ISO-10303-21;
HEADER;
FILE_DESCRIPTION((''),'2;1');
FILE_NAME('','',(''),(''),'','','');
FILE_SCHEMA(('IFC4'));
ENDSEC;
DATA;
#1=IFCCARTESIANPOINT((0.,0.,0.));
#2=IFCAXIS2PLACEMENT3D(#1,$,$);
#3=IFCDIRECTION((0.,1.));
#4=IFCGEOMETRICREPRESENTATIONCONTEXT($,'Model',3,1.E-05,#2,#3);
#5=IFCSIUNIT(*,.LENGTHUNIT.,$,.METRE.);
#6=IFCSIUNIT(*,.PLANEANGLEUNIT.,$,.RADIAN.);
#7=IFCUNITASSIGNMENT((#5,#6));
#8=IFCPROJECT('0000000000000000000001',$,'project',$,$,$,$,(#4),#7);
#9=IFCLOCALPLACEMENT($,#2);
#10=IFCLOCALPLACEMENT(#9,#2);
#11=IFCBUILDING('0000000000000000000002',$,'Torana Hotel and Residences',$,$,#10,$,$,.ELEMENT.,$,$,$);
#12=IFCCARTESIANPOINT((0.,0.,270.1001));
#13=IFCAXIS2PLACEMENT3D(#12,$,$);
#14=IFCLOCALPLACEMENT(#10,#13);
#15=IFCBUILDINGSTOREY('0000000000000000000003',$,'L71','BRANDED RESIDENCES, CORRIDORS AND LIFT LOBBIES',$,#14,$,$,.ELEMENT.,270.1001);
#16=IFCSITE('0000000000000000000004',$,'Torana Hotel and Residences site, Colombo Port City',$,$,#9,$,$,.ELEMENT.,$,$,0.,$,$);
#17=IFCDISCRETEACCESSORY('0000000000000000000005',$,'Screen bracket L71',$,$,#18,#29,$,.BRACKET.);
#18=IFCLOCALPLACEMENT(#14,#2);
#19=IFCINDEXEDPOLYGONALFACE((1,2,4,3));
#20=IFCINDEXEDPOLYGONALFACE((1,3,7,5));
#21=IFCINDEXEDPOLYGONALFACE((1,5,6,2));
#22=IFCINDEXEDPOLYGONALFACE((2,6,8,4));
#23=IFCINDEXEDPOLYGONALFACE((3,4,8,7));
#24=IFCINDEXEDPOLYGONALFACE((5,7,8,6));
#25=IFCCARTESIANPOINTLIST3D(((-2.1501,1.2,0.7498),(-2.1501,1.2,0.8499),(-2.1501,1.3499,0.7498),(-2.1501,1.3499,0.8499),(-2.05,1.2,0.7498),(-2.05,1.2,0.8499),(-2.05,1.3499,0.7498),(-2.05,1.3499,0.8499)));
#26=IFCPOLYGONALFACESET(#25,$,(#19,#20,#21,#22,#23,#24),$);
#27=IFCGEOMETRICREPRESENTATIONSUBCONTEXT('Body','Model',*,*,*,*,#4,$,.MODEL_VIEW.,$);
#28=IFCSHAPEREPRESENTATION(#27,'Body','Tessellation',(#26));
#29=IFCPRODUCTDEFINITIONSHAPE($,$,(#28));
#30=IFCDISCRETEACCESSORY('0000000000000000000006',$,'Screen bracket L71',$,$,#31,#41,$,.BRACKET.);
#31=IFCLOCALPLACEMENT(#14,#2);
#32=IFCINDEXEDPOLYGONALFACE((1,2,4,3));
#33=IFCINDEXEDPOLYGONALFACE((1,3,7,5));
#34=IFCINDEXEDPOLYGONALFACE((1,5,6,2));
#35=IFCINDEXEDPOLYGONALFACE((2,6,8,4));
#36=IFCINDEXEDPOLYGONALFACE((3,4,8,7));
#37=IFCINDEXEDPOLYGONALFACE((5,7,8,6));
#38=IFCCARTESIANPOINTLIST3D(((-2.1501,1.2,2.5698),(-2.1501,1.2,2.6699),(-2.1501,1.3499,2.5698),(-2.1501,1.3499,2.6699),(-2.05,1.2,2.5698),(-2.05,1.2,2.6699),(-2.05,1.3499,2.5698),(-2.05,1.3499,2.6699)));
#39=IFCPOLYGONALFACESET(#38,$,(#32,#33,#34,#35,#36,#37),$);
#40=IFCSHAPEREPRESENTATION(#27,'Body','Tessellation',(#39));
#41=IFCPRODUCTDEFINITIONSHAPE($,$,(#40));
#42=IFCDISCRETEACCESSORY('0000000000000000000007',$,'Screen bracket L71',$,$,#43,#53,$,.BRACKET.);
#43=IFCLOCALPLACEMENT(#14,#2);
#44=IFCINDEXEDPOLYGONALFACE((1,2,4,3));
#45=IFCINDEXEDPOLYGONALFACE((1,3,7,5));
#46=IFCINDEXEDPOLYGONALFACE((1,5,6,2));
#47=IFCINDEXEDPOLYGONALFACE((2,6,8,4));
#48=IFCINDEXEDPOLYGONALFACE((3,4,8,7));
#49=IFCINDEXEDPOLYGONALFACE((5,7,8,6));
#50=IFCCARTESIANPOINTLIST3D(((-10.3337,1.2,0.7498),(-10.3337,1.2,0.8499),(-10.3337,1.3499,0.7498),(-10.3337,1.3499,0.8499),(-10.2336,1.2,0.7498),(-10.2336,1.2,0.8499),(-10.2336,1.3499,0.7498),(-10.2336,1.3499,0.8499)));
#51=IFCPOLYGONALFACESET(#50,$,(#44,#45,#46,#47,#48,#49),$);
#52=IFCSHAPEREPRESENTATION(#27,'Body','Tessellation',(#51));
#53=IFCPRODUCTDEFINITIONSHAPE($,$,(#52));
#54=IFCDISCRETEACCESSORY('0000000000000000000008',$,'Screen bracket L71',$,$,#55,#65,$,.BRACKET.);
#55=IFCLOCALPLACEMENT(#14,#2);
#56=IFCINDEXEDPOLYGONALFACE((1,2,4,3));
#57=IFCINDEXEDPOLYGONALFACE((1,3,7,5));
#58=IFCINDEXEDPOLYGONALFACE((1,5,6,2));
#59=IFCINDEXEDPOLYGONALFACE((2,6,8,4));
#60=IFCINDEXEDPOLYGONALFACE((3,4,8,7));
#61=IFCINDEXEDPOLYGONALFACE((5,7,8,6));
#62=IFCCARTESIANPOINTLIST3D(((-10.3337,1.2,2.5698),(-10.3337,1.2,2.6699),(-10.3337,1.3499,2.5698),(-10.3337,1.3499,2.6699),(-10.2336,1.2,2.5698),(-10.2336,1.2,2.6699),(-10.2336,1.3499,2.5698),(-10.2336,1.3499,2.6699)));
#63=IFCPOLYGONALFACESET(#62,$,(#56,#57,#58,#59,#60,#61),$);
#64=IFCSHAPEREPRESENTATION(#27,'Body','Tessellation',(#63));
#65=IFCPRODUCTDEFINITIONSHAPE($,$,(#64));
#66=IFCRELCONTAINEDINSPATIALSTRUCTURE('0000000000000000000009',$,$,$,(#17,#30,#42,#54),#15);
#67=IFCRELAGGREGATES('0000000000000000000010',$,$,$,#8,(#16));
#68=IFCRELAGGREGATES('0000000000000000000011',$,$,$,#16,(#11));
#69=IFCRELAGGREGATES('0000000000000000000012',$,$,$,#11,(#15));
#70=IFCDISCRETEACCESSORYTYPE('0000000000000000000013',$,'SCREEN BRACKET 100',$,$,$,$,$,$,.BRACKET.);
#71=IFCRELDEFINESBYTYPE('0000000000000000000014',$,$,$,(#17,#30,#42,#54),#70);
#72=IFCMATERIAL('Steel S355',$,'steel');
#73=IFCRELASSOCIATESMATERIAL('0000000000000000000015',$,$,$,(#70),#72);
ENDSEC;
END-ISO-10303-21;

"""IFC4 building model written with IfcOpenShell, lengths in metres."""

from ifc_helpers import new_model, si_unit, direction, frame, origin, origin_2d, place, context, subcontext, project, spatial, rectangle, extrude, material, type_object, element, save


model = new_model("IFC4")

# Units and contexts
model_context = context("Model", 3, precision=1e-05, world=origin(), true_north=direction((0.0, 1.0)))
body_context = subcontext(model_context, "Body", "Model", "MODEL_VIEW")
ifc_project = project(units=[si_unit("LENGTHUNIT", "METRE"), si_unit("PLANEANGLEUNIT", "RADIAN")], contexts=[model_context])

# Site, building, storey
site_placement = place(None, origin())
site = spatial("IfcSite", under=ifc_project, at=site_placement, Name="Torana Hotel and Residences site, Colombo Port City", CompositionType="ELEMENT", RefElevation=0.0)
building_placement = place(site_placement, origin())
building = spatial("IfcBuilding", under=site, at=building_placement, Name="Torana Hotel and Residences", CompositionType="ELEMENT")
storey_placement = place(building_placement, frame((0.0, 0.0, 270.1001)))
storey = spatial("IfcBuildingStorey", under=building, at=storey_placement, Name="L71", Description="BRANDED RESIDENCES, CORRIDORS AND LIFT LOBBIES", CompositionType="ELEMENT", Elevation=270.1001)

# Discrete accessories
ifc_material_1 = material(Name="Steel S355", Category="steel")
discrete_accessory_type = type_object("IfcDiscreteAccessoryType", Name="SCREEN BRACKET 100", PredefinedType="BRACKET", material=ifc_material_1)
for number, where, z_axis, x_axis, name in (
    (1, (-2.1001, 1.2749, 0.7498), (0.0, 0.0, 1.0), (-1.0, 0.0, 0.0), "Screen bracket L71"),
    (2, (-2.1001, 1.2749, 2.5698), (0.0, 0.0, 1.0), (-1.0, 0.0, 0.0), "Screen bracket L71"),
    (3, (-10.2837, 1.2749, 0.7498), (0.0, 0.0, 1.0), (-1.0, 0.0, 0.0), "Screen bracket L71"),
    (4, (-10.2837, 1.2749, 2.5698), (0.0, 0.0, 1.0), (-1.0, 0.0, 0.0), "Screen bracket L71"),
):
    element("IfcDiscreteAccessory", number, at=place(storey_placement, frame(where, z_axis=z_axis, x_axis=x_axis)), inside=storey, type_object=discrete_accessory_type, Name=name, PredefinedType="BRACKET", context=body_context, shape_type="SweptSolid", body=[
        extrude(rectangle(XDim=0.1001, YDim=0.1499, at=origin_2d()), origin(), (0.0, 0.0, 1.0), 0.1001),
    ])

save(model, "model.ifc")
